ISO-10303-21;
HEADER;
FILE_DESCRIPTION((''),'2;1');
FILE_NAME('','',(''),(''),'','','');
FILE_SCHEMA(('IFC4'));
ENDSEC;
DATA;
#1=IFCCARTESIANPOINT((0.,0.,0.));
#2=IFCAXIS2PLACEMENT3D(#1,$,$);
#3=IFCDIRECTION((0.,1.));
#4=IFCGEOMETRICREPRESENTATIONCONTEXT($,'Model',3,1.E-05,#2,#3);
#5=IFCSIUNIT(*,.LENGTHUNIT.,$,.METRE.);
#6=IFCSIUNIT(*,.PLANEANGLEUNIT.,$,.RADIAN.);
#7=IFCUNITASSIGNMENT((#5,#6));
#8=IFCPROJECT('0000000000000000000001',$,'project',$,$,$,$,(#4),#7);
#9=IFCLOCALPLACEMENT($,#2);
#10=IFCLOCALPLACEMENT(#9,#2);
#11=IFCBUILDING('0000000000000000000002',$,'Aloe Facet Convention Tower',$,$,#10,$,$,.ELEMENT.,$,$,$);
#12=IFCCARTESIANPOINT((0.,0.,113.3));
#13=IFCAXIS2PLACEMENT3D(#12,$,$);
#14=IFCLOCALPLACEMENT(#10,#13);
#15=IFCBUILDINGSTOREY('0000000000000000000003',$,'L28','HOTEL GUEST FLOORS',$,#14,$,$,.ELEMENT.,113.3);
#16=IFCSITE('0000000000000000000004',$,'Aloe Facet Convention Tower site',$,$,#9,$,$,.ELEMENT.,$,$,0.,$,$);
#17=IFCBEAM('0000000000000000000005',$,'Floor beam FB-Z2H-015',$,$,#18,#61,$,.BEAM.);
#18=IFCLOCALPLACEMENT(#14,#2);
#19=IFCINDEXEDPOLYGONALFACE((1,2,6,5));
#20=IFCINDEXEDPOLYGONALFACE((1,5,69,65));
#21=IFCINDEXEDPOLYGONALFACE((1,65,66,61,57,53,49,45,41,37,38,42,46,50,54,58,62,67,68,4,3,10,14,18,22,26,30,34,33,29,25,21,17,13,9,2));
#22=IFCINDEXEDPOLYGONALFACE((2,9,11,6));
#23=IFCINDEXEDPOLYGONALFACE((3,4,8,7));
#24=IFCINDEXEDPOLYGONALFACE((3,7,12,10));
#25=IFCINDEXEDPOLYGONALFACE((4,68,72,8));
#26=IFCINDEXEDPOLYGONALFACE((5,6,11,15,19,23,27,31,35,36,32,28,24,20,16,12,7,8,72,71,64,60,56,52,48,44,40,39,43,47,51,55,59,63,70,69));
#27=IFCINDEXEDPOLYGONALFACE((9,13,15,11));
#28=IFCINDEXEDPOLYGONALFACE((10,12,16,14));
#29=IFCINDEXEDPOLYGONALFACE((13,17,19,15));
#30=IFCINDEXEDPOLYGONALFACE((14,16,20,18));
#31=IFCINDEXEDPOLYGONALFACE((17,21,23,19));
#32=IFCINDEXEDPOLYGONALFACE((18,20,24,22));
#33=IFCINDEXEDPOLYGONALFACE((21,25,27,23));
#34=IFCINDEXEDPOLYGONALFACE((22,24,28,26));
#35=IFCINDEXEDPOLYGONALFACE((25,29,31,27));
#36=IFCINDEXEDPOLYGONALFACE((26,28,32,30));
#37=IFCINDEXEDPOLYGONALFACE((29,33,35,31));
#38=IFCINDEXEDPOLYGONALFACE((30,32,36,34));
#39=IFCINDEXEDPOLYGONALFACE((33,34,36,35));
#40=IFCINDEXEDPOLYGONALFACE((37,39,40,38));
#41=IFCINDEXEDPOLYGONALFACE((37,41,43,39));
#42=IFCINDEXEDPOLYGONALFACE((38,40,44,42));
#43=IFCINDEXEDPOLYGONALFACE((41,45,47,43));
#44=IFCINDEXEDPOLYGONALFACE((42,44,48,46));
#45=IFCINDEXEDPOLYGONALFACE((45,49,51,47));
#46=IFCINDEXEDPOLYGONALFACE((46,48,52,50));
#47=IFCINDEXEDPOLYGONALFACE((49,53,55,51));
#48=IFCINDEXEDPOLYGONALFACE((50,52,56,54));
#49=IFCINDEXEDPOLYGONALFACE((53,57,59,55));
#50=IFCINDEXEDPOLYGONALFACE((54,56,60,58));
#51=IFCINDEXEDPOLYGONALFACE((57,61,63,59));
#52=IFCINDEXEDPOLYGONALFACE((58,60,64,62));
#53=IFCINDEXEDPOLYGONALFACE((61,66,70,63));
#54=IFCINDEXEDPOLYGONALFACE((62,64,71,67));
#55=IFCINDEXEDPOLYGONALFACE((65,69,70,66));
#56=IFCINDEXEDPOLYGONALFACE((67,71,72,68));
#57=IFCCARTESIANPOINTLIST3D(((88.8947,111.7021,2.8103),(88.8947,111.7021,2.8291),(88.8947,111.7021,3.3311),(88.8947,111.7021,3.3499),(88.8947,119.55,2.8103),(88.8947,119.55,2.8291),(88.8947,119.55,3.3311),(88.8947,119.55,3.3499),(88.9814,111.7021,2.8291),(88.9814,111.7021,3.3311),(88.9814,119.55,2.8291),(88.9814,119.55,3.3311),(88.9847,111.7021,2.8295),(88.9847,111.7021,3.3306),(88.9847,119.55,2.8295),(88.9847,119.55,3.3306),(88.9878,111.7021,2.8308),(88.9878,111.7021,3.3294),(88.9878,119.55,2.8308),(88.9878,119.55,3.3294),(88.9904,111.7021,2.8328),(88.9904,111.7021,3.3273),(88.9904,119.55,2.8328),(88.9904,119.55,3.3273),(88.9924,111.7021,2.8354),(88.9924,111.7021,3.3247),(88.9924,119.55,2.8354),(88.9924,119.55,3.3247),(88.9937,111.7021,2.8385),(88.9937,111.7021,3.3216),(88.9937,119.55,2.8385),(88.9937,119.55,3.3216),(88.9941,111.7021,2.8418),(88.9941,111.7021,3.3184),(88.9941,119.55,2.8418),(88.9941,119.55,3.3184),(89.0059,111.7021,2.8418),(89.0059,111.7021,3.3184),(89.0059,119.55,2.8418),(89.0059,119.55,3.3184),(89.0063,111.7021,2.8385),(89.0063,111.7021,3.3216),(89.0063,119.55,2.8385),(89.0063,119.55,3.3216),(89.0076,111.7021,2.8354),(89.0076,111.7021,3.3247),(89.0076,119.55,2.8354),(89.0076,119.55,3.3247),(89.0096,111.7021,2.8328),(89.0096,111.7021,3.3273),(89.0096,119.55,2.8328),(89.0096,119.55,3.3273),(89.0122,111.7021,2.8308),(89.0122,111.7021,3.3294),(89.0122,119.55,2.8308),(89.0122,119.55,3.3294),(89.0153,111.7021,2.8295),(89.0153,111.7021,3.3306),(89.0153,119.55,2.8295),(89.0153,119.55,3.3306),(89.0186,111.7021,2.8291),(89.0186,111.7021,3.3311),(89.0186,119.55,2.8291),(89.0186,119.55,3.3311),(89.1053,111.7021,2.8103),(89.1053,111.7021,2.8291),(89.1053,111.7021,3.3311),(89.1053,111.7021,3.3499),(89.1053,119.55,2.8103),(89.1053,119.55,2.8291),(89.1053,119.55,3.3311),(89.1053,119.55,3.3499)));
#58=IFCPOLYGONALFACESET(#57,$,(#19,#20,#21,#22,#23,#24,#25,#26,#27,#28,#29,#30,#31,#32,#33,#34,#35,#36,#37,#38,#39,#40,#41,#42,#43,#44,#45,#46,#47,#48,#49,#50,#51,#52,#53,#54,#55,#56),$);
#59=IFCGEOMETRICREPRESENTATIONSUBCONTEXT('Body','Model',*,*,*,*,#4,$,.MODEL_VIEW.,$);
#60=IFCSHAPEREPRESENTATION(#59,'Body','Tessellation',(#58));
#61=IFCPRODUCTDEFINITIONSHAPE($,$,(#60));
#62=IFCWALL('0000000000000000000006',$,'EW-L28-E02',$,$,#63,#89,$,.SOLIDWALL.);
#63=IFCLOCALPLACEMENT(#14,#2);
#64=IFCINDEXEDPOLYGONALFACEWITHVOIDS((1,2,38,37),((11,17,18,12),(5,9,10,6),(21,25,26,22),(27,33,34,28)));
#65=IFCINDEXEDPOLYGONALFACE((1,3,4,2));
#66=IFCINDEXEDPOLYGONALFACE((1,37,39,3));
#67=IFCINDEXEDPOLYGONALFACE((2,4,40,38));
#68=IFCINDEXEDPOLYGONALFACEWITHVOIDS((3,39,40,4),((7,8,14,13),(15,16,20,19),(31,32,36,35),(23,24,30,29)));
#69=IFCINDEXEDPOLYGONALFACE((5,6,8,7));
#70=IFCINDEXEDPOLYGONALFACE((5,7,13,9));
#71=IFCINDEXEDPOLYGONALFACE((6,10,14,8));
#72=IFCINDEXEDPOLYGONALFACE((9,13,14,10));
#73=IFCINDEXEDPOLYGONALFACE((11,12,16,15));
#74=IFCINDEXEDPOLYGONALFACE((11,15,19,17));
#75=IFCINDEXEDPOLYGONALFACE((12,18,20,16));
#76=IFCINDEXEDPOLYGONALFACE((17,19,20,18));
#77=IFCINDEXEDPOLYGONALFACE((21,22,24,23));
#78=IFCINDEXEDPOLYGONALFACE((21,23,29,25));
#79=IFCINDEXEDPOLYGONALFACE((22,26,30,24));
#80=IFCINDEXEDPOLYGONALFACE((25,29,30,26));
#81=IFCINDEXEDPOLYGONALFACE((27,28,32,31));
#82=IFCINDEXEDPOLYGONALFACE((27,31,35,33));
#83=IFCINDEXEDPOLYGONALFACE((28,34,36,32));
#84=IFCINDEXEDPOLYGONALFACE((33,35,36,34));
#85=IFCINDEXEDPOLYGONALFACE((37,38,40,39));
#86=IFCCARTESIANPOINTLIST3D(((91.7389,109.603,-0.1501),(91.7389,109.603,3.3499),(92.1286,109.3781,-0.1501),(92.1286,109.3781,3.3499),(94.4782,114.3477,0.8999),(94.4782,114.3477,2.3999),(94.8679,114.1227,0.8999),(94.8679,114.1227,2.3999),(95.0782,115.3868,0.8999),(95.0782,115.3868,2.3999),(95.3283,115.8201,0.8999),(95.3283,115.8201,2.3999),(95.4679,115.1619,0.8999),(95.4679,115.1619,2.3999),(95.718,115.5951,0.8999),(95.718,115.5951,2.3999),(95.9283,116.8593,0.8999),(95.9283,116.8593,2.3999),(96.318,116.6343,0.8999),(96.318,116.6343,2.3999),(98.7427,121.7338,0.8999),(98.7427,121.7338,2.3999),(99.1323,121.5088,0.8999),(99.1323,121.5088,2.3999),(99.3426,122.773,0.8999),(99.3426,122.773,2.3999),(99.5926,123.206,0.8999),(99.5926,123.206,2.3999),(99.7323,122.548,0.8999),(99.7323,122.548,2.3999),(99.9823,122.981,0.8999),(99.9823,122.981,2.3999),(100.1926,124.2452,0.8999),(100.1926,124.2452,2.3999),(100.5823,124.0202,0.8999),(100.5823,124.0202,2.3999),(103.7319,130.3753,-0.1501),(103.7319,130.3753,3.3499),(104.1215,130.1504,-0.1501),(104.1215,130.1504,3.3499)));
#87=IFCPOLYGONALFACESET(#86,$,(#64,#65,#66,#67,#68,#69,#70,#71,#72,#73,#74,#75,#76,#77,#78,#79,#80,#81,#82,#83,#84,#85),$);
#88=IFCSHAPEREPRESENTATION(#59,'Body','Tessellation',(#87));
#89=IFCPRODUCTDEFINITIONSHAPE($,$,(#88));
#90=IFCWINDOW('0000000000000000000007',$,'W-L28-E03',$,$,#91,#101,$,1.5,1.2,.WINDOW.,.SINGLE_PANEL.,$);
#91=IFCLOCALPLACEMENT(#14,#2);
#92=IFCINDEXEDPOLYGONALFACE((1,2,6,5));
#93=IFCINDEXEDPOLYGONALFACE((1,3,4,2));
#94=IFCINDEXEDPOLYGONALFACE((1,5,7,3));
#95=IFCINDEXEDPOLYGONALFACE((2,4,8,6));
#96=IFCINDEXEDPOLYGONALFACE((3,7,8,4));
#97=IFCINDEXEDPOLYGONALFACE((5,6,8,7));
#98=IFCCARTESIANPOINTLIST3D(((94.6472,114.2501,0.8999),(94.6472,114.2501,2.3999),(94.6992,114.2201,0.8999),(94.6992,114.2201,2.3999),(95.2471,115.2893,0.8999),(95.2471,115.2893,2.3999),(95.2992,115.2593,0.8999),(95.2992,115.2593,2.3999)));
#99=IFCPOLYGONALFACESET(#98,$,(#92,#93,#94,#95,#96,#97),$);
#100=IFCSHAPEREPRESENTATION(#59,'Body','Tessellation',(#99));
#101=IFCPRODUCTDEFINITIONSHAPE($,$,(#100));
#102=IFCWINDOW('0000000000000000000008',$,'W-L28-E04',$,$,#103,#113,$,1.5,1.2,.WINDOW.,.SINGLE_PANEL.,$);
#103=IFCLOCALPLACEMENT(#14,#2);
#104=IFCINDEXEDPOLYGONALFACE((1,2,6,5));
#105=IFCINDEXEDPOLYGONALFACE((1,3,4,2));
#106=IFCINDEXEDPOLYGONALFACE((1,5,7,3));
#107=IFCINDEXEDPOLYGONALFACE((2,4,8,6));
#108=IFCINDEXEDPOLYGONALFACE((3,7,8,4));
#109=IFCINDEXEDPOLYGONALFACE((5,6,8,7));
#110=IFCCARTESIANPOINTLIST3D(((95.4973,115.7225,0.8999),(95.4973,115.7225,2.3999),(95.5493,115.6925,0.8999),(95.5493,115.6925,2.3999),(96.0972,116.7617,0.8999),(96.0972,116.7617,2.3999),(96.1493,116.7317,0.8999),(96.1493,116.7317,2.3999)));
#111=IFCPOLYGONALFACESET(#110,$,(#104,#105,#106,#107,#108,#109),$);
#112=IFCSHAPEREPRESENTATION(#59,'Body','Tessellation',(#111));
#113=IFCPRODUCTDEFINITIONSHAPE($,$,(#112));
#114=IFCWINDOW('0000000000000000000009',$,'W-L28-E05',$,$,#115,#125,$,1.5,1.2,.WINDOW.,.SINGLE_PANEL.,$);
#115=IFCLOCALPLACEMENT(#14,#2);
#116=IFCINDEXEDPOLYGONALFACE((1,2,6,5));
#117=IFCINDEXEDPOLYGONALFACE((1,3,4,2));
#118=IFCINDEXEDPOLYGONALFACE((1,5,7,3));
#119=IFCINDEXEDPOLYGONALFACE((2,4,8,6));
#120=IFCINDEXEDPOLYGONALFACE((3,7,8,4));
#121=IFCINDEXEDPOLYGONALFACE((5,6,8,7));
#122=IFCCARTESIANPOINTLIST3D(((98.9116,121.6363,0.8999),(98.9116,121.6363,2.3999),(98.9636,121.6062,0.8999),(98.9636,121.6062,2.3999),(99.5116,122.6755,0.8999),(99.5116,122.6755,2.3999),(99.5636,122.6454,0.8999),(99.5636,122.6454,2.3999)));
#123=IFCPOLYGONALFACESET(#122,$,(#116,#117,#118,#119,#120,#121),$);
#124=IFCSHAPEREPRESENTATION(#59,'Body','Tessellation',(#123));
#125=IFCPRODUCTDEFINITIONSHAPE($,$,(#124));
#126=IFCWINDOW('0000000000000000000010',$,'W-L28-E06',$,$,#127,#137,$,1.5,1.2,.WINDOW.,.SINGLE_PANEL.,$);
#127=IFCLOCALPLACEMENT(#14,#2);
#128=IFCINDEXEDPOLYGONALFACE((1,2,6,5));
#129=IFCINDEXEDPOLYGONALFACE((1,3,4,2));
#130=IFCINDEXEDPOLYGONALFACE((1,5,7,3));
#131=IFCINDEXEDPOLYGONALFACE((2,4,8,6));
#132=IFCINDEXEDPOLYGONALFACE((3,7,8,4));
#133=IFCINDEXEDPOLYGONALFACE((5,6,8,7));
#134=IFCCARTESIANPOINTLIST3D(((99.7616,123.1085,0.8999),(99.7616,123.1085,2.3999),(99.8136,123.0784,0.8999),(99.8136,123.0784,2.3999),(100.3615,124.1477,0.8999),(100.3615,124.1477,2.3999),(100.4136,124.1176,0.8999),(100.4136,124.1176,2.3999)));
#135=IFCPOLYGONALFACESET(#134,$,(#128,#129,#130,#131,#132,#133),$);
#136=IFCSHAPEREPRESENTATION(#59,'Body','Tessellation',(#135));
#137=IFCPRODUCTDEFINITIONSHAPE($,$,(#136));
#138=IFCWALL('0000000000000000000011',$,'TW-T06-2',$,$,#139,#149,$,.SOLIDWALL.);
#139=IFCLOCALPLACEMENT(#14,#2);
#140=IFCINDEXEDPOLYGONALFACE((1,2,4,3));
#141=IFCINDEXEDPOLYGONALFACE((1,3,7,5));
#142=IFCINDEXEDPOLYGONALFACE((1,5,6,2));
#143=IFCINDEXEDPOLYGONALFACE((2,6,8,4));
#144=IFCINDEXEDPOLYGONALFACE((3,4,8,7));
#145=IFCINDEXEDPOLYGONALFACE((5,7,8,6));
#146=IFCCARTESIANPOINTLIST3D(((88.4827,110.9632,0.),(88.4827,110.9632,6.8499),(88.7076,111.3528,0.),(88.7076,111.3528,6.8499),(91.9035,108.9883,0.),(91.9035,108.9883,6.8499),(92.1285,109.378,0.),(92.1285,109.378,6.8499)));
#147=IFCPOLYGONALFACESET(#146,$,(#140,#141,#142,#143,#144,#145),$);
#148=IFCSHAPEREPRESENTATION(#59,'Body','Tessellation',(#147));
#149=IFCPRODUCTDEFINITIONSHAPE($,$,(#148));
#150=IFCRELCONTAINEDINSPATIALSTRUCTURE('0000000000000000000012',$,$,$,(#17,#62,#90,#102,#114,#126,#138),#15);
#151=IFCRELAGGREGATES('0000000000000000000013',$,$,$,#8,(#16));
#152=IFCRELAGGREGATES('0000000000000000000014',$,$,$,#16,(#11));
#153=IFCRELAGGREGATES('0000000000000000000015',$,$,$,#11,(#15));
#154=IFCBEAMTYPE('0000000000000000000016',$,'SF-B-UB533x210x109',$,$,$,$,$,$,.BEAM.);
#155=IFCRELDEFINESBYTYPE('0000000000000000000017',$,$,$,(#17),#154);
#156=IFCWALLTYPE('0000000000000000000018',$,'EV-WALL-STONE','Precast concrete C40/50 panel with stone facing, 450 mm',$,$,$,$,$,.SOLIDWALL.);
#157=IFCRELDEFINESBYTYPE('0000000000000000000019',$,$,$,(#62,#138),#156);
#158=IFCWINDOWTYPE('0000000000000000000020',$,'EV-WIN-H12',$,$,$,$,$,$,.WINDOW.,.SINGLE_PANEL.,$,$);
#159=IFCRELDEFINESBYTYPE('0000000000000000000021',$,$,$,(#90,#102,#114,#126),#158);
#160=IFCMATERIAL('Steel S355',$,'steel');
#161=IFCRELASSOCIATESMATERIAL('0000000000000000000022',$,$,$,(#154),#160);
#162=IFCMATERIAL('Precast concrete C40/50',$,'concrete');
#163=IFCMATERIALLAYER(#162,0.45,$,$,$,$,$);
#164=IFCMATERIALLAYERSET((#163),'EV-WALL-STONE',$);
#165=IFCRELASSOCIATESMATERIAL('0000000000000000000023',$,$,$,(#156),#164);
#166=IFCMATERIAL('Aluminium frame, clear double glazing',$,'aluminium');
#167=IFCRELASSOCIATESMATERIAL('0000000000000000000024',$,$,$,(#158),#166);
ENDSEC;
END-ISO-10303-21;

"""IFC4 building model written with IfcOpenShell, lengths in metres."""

from ifc_helpers import new_model, si_unit, direction, frame, frame_2d, origin, origin_2d, place, context, subcontext, project, spatial, polyline, rectangle, i_section, outline, extrude, material, layer, layer_set, material_profile, profile_set, type_object, element, fill, save


model = new_model("IFC4")

# Units and contexts
model_context = context("Model", 3, precision=1e-05, world=origin(), true_north=direction((0.0, 1.0)))
body_context = subcontext(model_context, "Body", "Model", "MODEL_VIEW")
ifc_project = project(units=[si_unit("LENGTHUNIT", "METRE"), si_unit("PLANEANGLEUNIT", "RADIAN")], contexts=[model_context])

# Site, building, storey
site_placement = place(None, origin())
site = spatial("IfcSite", under=ifc_project, at=site_placement, Name="Aloe Facet Convention Tower site", CompositionType="ELEMENT", RefElevation=0.0)
building_placement = place(site_placement, origin())
building = spatial("IfcBuilding", under=site, at=building_placement, Name="Aloe Facet Convention Tower", CompositionType="ELEMENT")
storey_placement = place(building_placement, frame((0.0, 0.0, 113.3)))
storey = spatial("IfcBuildingStorey", under=building, at=storey_placement, Name="L28", Description="HOTEL GUEST FLOORS", CompositionType="ELEMENT", Elevation=113.3)

# Beam
ifc_material_1 = material(Name="Steel S355", Category="steel")
ifc_material_profile_1 = material_profile(ifc_material_1, i_section(OverallWidth=0.2107, OverallDepth=0.5396, WebThickness=0.0117, FlangeThickness=0.0188, FilletRadius=0.0127, at=origin_2d()), Name="UB 533x210x109")
ifc_profile_set_1 = profile_set([ifc_material_profile_1], Name="Steel S355")
beam_type_1 = type_object("IfcBeamType", Name="SF-B-UB533x210x109", PredefinedType="BEAM", material=ifc_profile_set_1)
beam_1_placement = place(storey_placement, frame((89.0, 119.55, 3.0801), z_axis=(0.0, -1.0, 0.0), x_axis=(1.0, 0.0, 0.0)))
element("IfcBeam", 1, at=beam_1_placement, inside=storey, type_object=beam_type_1, Name="Floor beam FB-Z2H-015", PredefinedType="BEAM", context=body_context, shape_type="SweptSolid", body=[
    extrude(i_section(OverallWidth=0.2107, OverallDepth=0.5396, WebThickness=0.0117, FlangeThickness=0.0188, FilletRadius=0.0127, at=origin_2d()), origin(), (0.0, 0.0, 1.0), 7.8479),
])

# Wall, openings, windows
ifc_material_2 = material(Name="Precast concrete C40/50", Category="concrete")
ifc_layer_1 = layer(ifc_material_2, 0.45)
ifc_layer_set_1 = layer_set([ifc_layer_1], Name="EV-WALL-STONE")
wall_type_1 = type_object("IfcWallType", Name="EV-WALL-STONE", Description="Precast concrete C40/50 panel with stone facing, 450 mm", PredefinedType="SOLIDWALL", material=ifc_layer_set_1)
wall_1_placement = place(storey_placement, frame((91.9338, 109.4905, -0.1501), z_axis=(0.0, 0.0, 1.0), x_axis=(0.500002, 0.866024, 0.0)))
wall_1 = element("IfcWall", 2, at=wall_1_placement, inside=storey, type_object=wall_type_1, Name="EW-L28-E02", PredefinedType="SOLIDWALL", context=body_context, shape_type="SweptSolid", body=[
    extrude(outline(polyline([(23.9858, 3.5), (23.9858, 0.0), (0.0, 0.0), (0.0, 3.5), (23.9858, 3.5)])), frame((0.0, 0.2251, 0.0), z_axis=(0.0, -1.0, 0.0), x_axis=(1.0, 0.0, 0.0)), (0.0, 0.0, 1.0), 0.45),
])
opening_1_placement = place(wall_1_placement, frame((5.4785, 0.0, 1.05)))
opening_1 = element("IfcOpeningElement", 3, at=opening_1_placement, cuts=wall_1, PredefinedType="OPENING", context=body_context, shape_type="SweptSolid", body=[
    extrude(rectangle(XDim=1.2, YDim=1.5, at=frame_2d((0.6001, 0.75))), frame((0.0, 0.2349, 0.0), z_axis=(0.0, -1.0, 0.0), x_axis=(1.0, 0.0, 0.0)), (0.0, 0.0, 1.0), 0.47),
])
opening_2_placement = place(wall_1_placement, frame((7.1787, 0.0, 1.05)))
opening_2 = element("IfcOpeningElement", 4, at=opening_2_placement, cuts=wall_1, PredefinedType="OPENING", context=body_context, shape_type="SweptSolid", body=[
    extrude(rectangle(XDim=1.2, YDim=1.5, at=frame_2d((0.6001, 0.75))), frame((0.0, 0.2349, 0.0), z_axis=(0.0, -1.0, 0.0), x_axis=(1.0, 0.0, 0.0)), (0.0, 0.0, 1.0), 0.47),
])
opening_3_placement = place(wall_1_placement, frame((14.0073, 0.0, 1.05)))
opening_3 = element("IfcOpeningElement", 5, at=opening_3_placement, cuts=wall_1, PredefinedType="OPENING", context=body_context, shape_type="SweptSolid", body=[
    extrude(rectangle(XDim=1.2, YDim=1.5, at=frame_2d((0.6001, 0.75))), frame((0.0, 0.2349, 0.0), z_axis=(0.0, -1.0, 0.0), x_axis=(1.0, 0.0, 0.0)), (0.0, 0.0, 1.0), 0.47),
])
opening_4_placement = place(wall_1_placement, frame((15.7073, 0.0, 1.05)))
opening_4 = element("IfcOpeningElement", 6, at=opening_4_placement, cuts=wall_1, PredefinedType="OPENING", context=body_context, shape_type="SweptSolid", body=[
    extrude(rectangle(XDim=1.2, YDim=1.5, at=frame_2d((0.6001, 0.75))), frame((0.0, 0.2349, 0.0), z_axis=(0.0, -1.0, 0.0), x_axis=(1.0, 0.0, 0.0)), (0.0, 0.0, 1.0), 0.47),
])
ifc_material_3 = material(Name="Aluminium frame, clear double glazing", Category="aluminium")
window_type = type_object("IfcWindowType", Name="EV-WIN-H12", PartitioningType="SINGLE_PANEL", PredefinedType="WINDOW", material=ifc_material_3)
window_1_placement = place(opening_1_placement, origin())
window_1 = element("IfcWindow", 7, at=window_1_placement, inside=storey, type_object=window_type, Name="W-L28-E03", OverallHeight=1.5, OverallWidth=1.2, PartitioningType="SINGLE_PANEL", PredefinedType="WINDOW", context=body_context, shape_type="SweptSolid", body=[
    extrude(rectangle(XDim=1.2, YDim=1.5, at=frame_2d((0.6001, 0.75))), frame((0.0, 0.03, 0.0), z_axis=(0.0, -1.0, 0.0), x_axis=(1.0, 0.0, 0.0)), (0.0, 0.0, 1.0), 0.0601),
])
fill(opening_1, window_1)
window_2_placement = place(opening_2_placement, origin())
window_2 = element("IfcWindow", 8, at=window_2_placement, inside=storey, type_object=window_type, Name="W-L28-E04", OverallHeight=1.5, OverallWidth=1.2, PartitioningType="SINGLE_PANEL", PredefinedType="WINDOW", context=body_context, shape_type="SweptSolid", body=[
    extrude(rectangle(XDim=1.2, YDim=1.5, at=frame_2d((0.6001, 0.75))), frame((0.0, 0.03, 0.0), z_axis=(0.0, -1.0, 0.0), x_axis=(1.0, 0.0, 0.0)), (0.0, 0.0, 1.0), 0.0601),
])
fill(opening_2, window_2)
window_3_placement = place(opening_3_placement, origin())
window_3 = element("IfcWindow", 9, at=window_3_placement, inside=storey, type_object=window_type, Name="W-L28-E05", OverallHeight=1.5, OverallWidth=1.2, PartitioningType="SINGLE_PANEL", PredefinedType="WINDOW", context=body_context, shape_type="SweptSolid", body=[
    extrude(rectangle(XDim=1.2, YDim=1.5, at=frame_2d((0.6001, 0.75))), frame((0.0, 0.03, 0.0), z_axis=(0.0, -1.0, 0.0), x_axis=(1.0, 0.0, 0.0)), (0.0, 0.0, 1.0), 0.0601),
])
fill(opening_3, window_3)
window_4_placement = place(opening_4_placement, origin())
window_4 = element("IfcWindow", 10, at=window_4_placement, inside=storey, type_object=window_type, Name="W-L28-E06", OverallHeight=1.5, OverallWidth=1.2, PartitioningType="SINGLE_PANEL", PredefinedType="WINDOW", context=body_context, shape_type="SweptSolid", body=[
    extrude(rectangle(XDim=1.2, YDim=1.5, at=frame_2d((0.6001, 0.75))), frame((0.0, 0.03, 0.0), z_axis=(0.0, -1.0, 0.0), x_axis=(1.0, 0.0, 0.0)), (0.0, 0.0, 1.0), 0.0601),
])
fill(opening_4, window_4)

# Wall
wall_2_placement = place(storey_placement, frame((92.0161, 109.1831, 0.0), z_axis=(0.0, 0.0, 1.0), x_axis=(-0.866048, 0.499961, 0.0)))
element("IfcWall", 11, at=wall_2_placement, inside=storey, type_object=wall_type_1, Name="TW-T06-2", PredefinedType="SOLIDWALL", context=body_context, shape_type="SweptSolid", body=[
    extrude(rectangle(XDim=3.95, YDim=0.45, at=frame_2d((1.9751, 0.0))), origin(), (0.0, 0.0, 1.0), 6.8499),
])

save(model, "model.ifc")
